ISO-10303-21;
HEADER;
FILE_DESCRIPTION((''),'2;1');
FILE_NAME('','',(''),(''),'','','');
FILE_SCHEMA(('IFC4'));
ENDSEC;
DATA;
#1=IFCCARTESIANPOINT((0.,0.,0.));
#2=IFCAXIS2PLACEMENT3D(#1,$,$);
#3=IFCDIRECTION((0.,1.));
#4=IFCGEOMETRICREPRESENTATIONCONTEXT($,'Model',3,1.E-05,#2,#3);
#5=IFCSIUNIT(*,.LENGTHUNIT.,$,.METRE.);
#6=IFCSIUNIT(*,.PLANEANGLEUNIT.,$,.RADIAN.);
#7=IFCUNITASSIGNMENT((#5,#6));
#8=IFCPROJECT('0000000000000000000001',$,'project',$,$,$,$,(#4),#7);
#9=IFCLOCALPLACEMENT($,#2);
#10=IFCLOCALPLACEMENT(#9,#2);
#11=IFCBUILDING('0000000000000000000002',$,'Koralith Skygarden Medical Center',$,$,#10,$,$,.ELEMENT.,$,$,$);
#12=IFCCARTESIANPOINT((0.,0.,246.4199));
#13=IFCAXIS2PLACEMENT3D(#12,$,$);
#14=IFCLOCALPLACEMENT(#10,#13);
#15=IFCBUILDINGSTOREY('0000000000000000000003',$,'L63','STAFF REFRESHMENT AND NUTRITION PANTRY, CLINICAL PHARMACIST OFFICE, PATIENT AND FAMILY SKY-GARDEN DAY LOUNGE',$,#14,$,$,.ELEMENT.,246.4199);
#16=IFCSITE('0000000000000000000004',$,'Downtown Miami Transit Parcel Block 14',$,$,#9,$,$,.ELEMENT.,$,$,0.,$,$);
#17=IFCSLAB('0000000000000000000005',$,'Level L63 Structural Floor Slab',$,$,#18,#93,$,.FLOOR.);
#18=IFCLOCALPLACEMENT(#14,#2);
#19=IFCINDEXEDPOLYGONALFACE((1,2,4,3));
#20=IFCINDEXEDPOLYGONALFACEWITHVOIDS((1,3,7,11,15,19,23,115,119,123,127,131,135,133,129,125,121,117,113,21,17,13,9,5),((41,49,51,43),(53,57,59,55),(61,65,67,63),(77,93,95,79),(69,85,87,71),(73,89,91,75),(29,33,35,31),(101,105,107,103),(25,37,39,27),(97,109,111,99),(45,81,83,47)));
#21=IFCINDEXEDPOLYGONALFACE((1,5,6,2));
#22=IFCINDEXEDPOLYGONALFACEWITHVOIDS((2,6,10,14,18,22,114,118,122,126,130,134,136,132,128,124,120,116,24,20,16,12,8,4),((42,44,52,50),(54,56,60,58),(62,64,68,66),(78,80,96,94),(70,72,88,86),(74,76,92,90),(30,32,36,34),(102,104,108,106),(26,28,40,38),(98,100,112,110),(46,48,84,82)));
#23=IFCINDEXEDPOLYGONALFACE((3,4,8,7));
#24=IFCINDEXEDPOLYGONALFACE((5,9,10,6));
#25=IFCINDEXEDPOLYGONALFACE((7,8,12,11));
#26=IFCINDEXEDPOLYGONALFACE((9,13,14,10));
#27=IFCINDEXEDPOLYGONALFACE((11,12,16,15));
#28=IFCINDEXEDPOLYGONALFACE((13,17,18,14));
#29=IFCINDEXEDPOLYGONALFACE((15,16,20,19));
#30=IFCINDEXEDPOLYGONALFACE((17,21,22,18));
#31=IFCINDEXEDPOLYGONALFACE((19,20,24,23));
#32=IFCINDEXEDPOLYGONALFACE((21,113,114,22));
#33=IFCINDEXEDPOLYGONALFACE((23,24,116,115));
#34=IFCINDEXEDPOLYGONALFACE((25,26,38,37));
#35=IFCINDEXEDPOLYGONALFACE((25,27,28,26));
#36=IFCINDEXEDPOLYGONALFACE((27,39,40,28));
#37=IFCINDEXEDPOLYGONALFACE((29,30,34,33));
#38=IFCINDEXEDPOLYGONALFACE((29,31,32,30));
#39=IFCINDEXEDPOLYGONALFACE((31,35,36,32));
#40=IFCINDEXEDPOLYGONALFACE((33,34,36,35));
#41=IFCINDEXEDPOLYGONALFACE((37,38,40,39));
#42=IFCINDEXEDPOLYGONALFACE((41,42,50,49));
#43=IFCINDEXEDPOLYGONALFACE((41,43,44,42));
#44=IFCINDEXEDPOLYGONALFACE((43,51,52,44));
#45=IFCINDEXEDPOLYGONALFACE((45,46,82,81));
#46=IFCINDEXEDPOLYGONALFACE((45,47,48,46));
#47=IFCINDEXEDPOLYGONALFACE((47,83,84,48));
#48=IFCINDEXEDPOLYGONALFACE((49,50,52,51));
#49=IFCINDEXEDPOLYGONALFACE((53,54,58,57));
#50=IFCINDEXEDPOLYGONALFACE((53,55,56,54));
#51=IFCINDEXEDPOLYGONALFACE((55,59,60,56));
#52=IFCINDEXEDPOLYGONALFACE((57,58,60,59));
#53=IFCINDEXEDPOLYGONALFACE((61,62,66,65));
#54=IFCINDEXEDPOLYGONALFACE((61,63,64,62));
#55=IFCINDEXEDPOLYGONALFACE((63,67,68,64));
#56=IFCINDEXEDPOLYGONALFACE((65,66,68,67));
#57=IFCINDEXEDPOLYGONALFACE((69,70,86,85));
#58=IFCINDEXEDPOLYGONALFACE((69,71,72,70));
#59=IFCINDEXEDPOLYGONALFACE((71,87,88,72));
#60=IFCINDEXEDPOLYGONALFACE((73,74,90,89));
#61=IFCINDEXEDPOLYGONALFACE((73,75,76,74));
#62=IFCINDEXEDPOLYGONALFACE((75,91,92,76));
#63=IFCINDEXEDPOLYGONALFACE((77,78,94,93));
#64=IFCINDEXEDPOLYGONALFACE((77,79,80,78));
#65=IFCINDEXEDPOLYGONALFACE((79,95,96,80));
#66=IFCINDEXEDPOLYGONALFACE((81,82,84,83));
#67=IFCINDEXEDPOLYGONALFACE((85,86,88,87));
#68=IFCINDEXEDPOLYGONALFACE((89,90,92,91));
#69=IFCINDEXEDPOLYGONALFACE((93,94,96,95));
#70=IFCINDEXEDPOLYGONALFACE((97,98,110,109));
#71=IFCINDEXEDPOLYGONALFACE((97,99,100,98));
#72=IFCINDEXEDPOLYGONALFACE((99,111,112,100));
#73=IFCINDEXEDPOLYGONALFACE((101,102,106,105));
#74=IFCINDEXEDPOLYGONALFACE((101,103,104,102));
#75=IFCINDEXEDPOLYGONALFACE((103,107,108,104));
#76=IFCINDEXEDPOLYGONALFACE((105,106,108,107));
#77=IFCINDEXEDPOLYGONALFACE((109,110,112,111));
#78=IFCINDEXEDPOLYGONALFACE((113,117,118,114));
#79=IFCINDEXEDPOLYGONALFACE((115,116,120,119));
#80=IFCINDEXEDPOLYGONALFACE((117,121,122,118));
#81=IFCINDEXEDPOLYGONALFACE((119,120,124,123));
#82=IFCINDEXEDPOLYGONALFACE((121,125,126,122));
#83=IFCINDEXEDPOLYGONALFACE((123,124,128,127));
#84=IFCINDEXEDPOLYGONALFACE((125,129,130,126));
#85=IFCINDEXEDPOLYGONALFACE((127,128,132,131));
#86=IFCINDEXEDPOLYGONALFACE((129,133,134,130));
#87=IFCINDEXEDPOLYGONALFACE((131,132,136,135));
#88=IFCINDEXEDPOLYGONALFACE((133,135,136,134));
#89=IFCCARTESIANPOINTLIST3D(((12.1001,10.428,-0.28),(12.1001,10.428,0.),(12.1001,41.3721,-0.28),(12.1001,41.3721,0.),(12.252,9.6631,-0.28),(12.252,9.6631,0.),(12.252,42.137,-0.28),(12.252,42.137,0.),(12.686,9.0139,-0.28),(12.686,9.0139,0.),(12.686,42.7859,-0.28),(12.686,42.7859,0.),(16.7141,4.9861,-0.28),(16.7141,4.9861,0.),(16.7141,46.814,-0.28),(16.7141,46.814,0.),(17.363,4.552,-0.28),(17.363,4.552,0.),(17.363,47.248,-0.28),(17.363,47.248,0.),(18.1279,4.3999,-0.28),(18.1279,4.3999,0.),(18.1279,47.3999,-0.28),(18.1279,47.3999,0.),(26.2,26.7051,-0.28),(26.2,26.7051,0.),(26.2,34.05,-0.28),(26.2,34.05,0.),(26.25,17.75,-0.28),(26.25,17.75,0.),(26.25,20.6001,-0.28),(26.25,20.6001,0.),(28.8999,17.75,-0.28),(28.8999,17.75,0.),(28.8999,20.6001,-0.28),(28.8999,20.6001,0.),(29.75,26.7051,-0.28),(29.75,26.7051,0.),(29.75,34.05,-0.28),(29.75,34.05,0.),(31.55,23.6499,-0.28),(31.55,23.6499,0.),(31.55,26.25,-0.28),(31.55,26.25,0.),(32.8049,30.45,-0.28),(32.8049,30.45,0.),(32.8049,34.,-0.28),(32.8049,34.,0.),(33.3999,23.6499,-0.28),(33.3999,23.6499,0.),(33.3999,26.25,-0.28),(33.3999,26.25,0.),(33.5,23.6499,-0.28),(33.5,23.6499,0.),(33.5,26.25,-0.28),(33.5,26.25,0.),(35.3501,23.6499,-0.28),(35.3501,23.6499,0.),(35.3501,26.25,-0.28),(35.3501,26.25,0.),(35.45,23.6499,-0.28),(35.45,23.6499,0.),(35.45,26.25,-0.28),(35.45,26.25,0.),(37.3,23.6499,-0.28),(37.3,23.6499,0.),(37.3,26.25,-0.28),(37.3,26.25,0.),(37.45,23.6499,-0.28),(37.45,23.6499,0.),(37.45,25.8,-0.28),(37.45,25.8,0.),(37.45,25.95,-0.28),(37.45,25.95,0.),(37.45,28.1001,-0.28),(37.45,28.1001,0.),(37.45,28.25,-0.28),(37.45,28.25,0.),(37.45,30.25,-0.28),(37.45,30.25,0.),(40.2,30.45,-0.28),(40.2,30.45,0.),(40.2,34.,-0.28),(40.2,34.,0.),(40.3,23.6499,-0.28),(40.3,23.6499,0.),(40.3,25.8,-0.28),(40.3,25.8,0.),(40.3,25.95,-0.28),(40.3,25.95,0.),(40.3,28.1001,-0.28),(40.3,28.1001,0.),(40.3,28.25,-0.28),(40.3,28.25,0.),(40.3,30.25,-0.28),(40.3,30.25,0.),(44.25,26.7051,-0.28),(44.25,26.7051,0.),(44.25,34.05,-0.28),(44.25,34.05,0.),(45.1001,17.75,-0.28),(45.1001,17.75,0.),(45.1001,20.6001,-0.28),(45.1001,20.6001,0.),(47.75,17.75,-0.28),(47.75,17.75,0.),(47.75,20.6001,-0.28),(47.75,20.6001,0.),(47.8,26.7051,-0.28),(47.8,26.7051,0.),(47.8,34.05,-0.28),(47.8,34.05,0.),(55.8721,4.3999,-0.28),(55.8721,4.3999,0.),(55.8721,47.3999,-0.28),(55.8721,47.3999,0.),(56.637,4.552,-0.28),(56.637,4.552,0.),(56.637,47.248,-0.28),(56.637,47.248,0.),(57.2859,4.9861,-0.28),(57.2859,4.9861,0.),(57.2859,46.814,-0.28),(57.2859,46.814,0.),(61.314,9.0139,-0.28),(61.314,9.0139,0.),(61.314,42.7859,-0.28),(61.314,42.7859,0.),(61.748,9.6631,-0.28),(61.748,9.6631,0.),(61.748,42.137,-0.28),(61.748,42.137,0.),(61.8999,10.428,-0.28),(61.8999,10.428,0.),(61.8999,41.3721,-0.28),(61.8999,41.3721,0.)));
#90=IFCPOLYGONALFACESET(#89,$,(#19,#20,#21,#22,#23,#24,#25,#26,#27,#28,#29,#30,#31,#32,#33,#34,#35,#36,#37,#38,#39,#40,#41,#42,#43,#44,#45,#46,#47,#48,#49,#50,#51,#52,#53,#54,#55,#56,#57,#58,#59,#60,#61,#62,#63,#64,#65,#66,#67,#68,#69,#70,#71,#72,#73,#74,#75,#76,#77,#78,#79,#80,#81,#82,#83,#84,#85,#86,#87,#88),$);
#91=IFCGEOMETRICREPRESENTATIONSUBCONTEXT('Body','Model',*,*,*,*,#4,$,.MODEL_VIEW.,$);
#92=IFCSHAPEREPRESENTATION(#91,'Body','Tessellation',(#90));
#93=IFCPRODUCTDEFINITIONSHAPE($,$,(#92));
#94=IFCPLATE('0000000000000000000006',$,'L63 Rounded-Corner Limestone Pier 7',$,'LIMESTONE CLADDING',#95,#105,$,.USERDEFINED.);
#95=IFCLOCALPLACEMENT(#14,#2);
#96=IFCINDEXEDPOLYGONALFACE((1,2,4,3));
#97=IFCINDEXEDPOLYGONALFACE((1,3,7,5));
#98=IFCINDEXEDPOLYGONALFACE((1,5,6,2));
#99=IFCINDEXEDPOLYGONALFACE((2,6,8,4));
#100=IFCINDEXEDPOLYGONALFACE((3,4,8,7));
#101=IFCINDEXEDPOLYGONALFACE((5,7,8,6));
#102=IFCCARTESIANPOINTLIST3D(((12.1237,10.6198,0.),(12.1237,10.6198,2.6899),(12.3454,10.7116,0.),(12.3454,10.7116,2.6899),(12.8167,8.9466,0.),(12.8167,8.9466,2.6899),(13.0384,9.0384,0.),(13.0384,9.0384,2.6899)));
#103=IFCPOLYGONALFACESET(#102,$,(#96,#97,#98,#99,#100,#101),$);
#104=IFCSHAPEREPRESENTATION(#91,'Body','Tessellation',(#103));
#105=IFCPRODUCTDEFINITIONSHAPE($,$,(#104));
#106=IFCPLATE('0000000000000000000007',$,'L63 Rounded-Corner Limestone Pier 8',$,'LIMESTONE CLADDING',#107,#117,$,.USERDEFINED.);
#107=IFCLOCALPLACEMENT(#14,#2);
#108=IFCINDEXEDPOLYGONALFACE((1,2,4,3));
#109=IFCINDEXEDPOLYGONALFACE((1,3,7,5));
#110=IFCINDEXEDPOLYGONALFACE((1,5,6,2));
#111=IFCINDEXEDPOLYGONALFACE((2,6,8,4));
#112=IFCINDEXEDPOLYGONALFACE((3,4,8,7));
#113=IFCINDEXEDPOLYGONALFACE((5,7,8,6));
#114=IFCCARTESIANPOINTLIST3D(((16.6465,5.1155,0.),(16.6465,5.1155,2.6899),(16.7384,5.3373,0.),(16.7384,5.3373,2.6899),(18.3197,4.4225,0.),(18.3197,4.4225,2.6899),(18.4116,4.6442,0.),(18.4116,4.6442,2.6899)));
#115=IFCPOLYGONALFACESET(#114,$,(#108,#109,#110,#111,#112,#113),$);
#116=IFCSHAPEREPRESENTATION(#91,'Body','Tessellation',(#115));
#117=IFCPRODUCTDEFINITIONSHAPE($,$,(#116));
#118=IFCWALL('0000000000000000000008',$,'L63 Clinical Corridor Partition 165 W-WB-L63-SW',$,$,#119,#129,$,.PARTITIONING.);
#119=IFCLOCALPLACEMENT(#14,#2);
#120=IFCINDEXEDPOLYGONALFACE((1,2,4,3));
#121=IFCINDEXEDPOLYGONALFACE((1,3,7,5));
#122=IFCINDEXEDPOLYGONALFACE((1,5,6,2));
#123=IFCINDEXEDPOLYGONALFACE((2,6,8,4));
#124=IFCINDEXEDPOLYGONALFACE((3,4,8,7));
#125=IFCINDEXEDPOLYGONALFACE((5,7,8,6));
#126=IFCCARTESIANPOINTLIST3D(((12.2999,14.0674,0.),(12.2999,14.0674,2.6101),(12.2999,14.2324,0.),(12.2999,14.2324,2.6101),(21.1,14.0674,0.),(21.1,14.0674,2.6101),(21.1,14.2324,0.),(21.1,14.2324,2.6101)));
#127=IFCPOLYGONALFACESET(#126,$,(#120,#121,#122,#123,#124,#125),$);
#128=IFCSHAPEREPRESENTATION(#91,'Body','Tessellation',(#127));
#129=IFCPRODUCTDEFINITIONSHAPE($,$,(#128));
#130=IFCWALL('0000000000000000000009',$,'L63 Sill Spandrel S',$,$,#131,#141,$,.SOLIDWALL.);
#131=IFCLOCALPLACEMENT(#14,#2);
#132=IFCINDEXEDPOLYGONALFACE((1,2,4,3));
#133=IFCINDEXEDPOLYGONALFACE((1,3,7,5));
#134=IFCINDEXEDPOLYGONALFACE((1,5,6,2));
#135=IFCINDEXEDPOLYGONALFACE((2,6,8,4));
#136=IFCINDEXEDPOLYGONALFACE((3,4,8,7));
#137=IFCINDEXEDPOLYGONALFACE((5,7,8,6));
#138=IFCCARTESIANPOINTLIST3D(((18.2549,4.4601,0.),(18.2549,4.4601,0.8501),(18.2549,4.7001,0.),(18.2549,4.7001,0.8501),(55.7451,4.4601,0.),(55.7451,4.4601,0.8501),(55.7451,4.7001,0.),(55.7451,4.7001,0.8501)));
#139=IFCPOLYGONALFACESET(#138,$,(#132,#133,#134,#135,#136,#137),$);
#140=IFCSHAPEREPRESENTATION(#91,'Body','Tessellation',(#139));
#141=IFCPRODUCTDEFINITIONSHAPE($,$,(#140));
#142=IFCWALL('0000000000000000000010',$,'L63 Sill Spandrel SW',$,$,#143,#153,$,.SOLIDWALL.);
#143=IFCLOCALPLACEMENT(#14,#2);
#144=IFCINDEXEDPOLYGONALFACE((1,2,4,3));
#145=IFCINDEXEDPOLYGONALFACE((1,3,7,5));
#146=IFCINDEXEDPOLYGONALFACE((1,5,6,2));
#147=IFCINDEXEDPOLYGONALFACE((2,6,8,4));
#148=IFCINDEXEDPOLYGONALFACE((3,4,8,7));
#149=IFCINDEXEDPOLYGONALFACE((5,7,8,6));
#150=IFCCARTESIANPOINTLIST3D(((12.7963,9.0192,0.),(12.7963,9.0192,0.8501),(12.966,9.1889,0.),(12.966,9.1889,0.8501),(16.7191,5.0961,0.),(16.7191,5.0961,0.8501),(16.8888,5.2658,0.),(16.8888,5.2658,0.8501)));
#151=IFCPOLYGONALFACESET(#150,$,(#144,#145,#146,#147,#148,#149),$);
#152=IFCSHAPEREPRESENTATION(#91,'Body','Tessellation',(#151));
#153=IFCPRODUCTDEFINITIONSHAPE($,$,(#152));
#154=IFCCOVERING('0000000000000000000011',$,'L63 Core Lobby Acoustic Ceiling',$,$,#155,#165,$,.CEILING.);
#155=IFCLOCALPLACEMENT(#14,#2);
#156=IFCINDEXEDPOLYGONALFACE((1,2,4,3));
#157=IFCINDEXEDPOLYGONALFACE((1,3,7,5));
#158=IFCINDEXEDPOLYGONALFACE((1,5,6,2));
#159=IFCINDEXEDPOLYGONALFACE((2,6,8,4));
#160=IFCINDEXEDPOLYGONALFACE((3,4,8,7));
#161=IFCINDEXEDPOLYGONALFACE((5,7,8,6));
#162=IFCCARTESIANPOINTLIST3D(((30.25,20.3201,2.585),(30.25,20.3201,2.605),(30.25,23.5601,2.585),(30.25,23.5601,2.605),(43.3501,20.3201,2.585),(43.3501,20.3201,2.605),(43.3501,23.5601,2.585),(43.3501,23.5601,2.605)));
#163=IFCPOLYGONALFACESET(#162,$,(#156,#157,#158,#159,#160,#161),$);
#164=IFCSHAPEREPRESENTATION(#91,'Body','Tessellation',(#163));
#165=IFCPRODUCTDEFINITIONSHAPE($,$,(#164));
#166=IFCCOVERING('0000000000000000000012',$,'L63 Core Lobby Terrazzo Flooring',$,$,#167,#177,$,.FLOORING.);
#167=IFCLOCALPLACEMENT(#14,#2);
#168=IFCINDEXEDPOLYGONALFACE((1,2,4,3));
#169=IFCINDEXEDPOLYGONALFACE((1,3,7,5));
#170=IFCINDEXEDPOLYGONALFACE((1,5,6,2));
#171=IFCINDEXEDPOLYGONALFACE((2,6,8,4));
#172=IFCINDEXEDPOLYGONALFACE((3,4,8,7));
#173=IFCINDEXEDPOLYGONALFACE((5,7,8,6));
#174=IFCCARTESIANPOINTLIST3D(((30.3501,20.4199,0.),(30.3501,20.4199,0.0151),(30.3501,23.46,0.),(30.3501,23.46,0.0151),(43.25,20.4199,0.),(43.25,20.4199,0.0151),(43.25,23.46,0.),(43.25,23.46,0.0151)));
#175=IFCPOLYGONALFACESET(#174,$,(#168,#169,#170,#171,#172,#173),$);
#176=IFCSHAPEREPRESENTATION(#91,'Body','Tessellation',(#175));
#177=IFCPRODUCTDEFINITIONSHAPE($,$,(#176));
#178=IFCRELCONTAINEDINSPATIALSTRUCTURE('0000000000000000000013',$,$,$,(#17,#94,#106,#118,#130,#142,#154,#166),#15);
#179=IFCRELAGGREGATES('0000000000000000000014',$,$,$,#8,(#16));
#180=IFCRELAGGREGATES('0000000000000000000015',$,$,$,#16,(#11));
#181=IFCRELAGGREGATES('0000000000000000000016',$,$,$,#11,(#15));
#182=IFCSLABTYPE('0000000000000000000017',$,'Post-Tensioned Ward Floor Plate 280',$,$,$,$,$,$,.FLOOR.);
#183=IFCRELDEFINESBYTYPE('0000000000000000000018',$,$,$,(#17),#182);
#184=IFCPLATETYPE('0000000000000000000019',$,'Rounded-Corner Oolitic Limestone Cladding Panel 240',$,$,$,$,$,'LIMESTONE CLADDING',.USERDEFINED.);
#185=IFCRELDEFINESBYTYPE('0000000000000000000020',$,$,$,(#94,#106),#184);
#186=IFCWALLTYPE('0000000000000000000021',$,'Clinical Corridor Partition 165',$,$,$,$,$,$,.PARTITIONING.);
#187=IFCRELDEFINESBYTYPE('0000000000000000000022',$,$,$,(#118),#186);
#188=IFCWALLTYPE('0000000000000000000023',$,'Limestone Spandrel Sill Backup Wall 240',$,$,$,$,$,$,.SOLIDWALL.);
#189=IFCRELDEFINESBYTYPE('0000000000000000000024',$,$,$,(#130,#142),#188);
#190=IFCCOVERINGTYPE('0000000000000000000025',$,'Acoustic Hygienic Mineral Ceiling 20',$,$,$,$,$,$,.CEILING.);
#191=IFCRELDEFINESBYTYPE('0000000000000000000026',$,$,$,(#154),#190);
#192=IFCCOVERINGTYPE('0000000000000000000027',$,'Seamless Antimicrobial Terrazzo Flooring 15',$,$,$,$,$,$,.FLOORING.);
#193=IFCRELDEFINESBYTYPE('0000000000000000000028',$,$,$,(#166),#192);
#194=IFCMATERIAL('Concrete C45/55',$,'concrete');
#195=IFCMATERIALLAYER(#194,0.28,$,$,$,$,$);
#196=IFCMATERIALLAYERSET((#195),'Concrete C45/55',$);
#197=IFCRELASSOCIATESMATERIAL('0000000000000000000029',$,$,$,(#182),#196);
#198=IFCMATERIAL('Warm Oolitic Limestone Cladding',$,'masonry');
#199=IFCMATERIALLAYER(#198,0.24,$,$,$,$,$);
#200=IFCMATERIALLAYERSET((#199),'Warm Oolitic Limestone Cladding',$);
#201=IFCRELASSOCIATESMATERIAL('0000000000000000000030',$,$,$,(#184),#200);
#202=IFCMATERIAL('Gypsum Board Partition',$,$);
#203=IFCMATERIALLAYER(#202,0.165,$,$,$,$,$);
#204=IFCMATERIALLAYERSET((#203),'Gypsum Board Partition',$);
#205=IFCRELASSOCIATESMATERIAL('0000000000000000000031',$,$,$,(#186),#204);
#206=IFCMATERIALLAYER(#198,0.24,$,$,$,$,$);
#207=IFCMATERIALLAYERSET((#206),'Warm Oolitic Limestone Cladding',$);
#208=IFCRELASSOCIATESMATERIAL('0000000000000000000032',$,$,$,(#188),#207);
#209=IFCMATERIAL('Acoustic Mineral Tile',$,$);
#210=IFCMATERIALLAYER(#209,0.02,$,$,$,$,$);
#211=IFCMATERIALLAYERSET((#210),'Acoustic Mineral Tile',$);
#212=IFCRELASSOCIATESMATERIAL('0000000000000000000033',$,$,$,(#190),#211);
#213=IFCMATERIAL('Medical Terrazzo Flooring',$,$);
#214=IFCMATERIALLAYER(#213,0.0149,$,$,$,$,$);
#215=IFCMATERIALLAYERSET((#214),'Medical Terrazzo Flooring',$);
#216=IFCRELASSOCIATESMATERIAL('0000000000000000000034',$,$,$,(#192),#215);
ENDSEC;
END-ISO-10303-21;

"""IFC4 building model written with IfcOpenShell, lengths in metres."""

from ifc_helpers import new_model, si_unit, direction, frame, frame_2d, origin, origin_2d, place, context, subcontext, project, spatial, polyline, rectangle, outline, extrude, material, layer, layer_set, type_object, element, save


model = new_model("IFC4")

# Units and contexts
model_context = context("Model", 3, precision=1e-05, world=origin(), true_north=direction((0.0, 1.0)))
body_context = subcontext(model_context, "Body", "Model", "MODEL_VIEW")
ifc_project = project(units=[si_unit("LENGTHUNIT", "METRE"), si_unit("PLANEANGLEUNIT", "RADIAN")], contexts=[model_context])

# Site, building, storey
site_placement = place(None, origin())
site = spatial("IfcSite", under=ifc_project, at=site_placement, Name="Downtown Miami Transit Parcel Block 14", CompositionType="ELEMENT", RefElevation=0.0)
building_placement = place(site_placement, origin())
building = spatial("IfcBuilding", under=site, at=building_placement, Name="Koralith Skygarden Medical Center", CompositionType="ELEMENT")
storey_placement = place(building_placement, frame((0.0, 0.0, 246.4199)))
storey = spatial("IfcBuildingStorey", under=building, at=storey_placement, Name="L63", Description="STAFF REFRESHMENT AND NUTRITION PANTRY, CLINICAL PHARMACIST OFFICE, PATIENT AND FAMILY SKY-GARDEN DAY LOUNGE", CompositionType="ELEMENT", Elevation=246.4199)

# Shared definitions
ifc_material_1 = material(Name="Concrete C45/55", Category="concrete")

# Slab
ifc_layer_1 = layer(ifc_material_1, 0.28)
ifc_layer_set_1 = layer_set([ifc_layer_1], Name="Concrete C45/55")
slab_type_1 = type_object("IfcSlabType", Name="Post-Tensioned Ward Floor Plate 280", PredefinedType="FLOOR", material=ifc_layer_set_1)
slab_1_placement = place(storey_placement, frame((0.0, 0.0, -0.28)))
element("IfcSlab", 1, at=slab_1_placement, inside=storey, type_object=slab_type_1, Name="Level L63 Structural Floor Slab", PredefinedType="FLOOR", context=body_context, shape_type="SweptSolid", body=[
    extrude(outline(polyline([(16.7141, 4.9861), (17.363, 4.552), (18.1279, 4.3999), (55.8721, 4.3999), (56.637, 4.552), (57.2859, 4.9861), (61.314, 9.0139), (61.748, 9.6631), (61.8999, 10.428), (61.8999, 41.3721), (61.748, 42.137), (61.314, 42.7859), (57.2859, 46.814), (56.637, 47.248), (55.8721, 47.3999), (18.1279, 47.3999), (17.363, 47.248), (16.7141, 46.814), (12.686, 42.7859), (12.252, 42.137), (12.1001, 41.3721), (12.1001, 10.428), (12.252, 9.6631), (12.686, 9.0139), (16.7141, 4.9861)]), holes=[polyline([(26.2, 26.7051), (29.75, 26.7051), (29.75, 34.05), (26.2, 34.05), (26.2, 26.7051)]), polyline([(44.25, 26.7051), (47.8, 26.7051), (47.8, 34.05), (44.25, 34.05), (44.25, 26.7051)]), polyline([(32.8049, 30.45), (40.2, 30.45), (40.2, 34.0), (32.8049, 34.0), (32.8049, 30.45)]), polyline([(26.25, 17.75), (28.8999, 17.75), (28.8999, 20.6001), (26.25, 20.6001), (26.25, 17.75)]), polyline([(45.1001, 17.75), (47.75, 17.75), (47.75, 20.6001), (45.1001, 20.6001), (45.1001, 17.75)]), polyline([(31.55, 23.6499), (33.3999, 23.6499), (33.3999, 26.25), (31.55, 26.25), (31.55, 23.6499)]), polyline([(33.5, 23.6499), (35.3501, 23.6499), (35.3501, 26.25), (33.5, 26.25), (33.5, 23.6499)]), polyline([(35.45, 23.6499), (37.3, 23.6499), (37.3, 26.25), (35.45, 26.25), (35.45, 23.6499)]), polyline([(37.45, 23.6499), (40.3, 23.6499), (40.3, 25.8), (37.45, 25.8), (37.45, 23.6499)]), polyline([(37.45, 25.95), (40.3, 25.95), (40.3, 28.1001), (37.45, 28.1001), (37.45, 25.95)]), polyline([(37.45, 28.25), (40.3, 28.25), (40.3, 30.25), (37.45, 30.25), (37.45, 28.25)])]), origin(), (0.0, 0.0, 1.0), 0.28),
])

# Plates
ifc_material_2 = material(Name="Warm Oolitic Limestone Cladding", Category="masonry")
ifc_layer_2 = layer(ifc_material_2, 0.24)
ifc_layer_set_2 = layer_set([ifc_layer_2], Name="Warm Oolitic Limestone Cladding")
plate_type_1 = type_object("IfcPlateType", Name="Rounded-Corner Oolitic Limestone Cladding Panel 240", ElementType="LIMESTONE CLADDING", PredefinedType="USERDEFINED", material=ifc_layer_set_2)
for number, where, z_axis, x_axis, name in (
    (2, (12.5811, 9.8291, 0.0), (0.0, 0.0, 1.0), (0.382671, -0.923885, 0.0), "L63 Rounded-Corner Limestone Pier 7"),
    (3, (17.5291, 4.8799, 0.0), (0.0, 0.0, 1.0), (0.923885, -0.382671, 0.0), "L63 Rounded-Corner Limestone Pier 8"),
):
    element("IfcPlate", number, at=place(storey_placement, frame(where, z_axis=z_axis, x_axis=x_axis)), inside=storey, type_object=plate_type_1, Name=name, ObjectType="LIMESTONE CLADDING", PredefinedType="USERDEFINED", context=body_context, shape_type="SweptSolid", body=[
        extrude(rectangle(XDim=1.811, YDim=0.24, at=origin_2d()), origin(), (0.0, 0.0, 1.0), 2.6899),
    ])

# Walls
ifc_material_3 = material(Name="Gypsum Board Partition")
ifc_layer_3 = layer(ifc_material_3, 0.165)
ifc_layer_set_3 = layer_set([ifc_layer_3], Name="Gypsum Board Partition")
wall_type_1 = type_object("IfcWallType", Name="Clinical Corridor Partition 165", PredefinedType="PARTITIONING", material=ifc_layer_set_3)
wall_1_placement = place(storey_placement, frame((12.3, 14.1499, 0.0), z_axis=(0.0, 0.0, 1.0), x_axis=(1.0, 0.0, 0.0)))
element("IfcWall", 4, at=wall_1_placement, inside=storey, type_object=wall_type_1, Name="L63 Clinical Corridor Partition 165 W-WB-L63-SW", PredefinedType="PARTITIONING", context=body_context, shape_type="SweptSolid", body=[
    extrude(rectangle(XDim=8.8, YDim=0.165, at=frame_2d((4.3999, 0.0))), origin(), (0.0, 0.0, 1.0), 2.6101),
])
ifc_layer_4 = layer(ifc_material_2, 0.24)
ifc_layer_set_4 = layer_set([ifc_layer_4], Name="Warm Oolitic Limestone Cladding")
wall_type_2 = type_object("IfcWallType", Name="Limestone Spandrel Sill Backup Wall 240", PredefinedType="SOLIDWALL", material=ifc_layer_set_4)
wall_2_placement = place(storey_placement, frame((18.2549, 4.5801, 0.0), z_axis=(0.0, 0.0, 1.0), x_axis=(1.0, 0.0, 0.0)))
element("IfcWall", 5, at=wall_2_placement, inside=storey, type_object=wall_type_2, Name="L63 Sill Spandrel S", PredefinedType="SOLIDWALL", context=body_context, shape_type="SweptSolid", body=[
    extrude(rectangle(XDim=37.4902, YDim=0.24, at=frame_2d((18.7451, 0.0))), origin(), (0.0, 0.0, 1.0), 0.8501),
])
wall_3_placement = place(storey_placement, frame((12.8811, 9.104, 0.0), z_axis=(0.0, 0.0, 1.0), x_axis=(0.707085, -0.707129, 0.0)))
element("IfcWall", 6, at=wall_3_placement, inside=storey, type_object=wall_type_2, Name="L63 Sill Spandrel SW", PredefinedType="SOLIDWALL", context=body_context, shape_type="SweptSolid", body=[
    extrude(rectangle(XDim=5.5479, YDim=0.24, at=frame_2d((2.7739, 0.0))), origin(), (0.0, 0.0, 1.0), 0.8501),
])

# Coverings
ifc_material_4 = material(Name="Acoustic Mineral Tile")
ifc_layer_5 = layer(ifc_material_4, 0.02)
ifc_layer_set_5 = layer_set([ifc_layer_5], Name="Acoustic Mineral Tile")
covering_type_1 = type_object("IfcCoveringType", Name="Acoustic Hygienic Mineral Ceiling 20", PredefinedType="CEILING", material=ifc_layer_set_5)
covering_1_placement = place(storey_placement, frame((0.0, 0.0, 2.585)))
element("IfcCovering", 7, at=covering_1_placement, inside=storey, type_object=covering_type_1, Name="L63 Core Lobby Acoustic Ceiling", PredefinedType="CEILING", context=body_context, shape_type="SweptSolid", body=[
    extrude(outline(polyline([(30.25, 20.3201), (43.3501, 20.3201), (43.3501, 23.5601), (30.25, 23.5601), (30.25, 20.3201)])), origin(), (0.0, 0.0, 1.0), 0.02),
])
ifc_material_5 = material(Name="Medical Terrazzo Flooring")
ifc_layer_6 = layer(ifc_material_5, 0.0149)
ifc_layer_set_6 = layer_set([ifc_layer_6], Name="Medical Terrazzo Flooring")
covering_type_2 = type_object("IfcCoveringType", Name="Seamless Antimicrobial Terrazzo Flooring 15", PredefinedType="FLOORING", material=ifc_layer_set_6)
covering_2_placement = place(storey_placement, origin())
element("IfcCovering", 8, at=covering_2_placement, inside=storey, type_object=covering_type_2, Name="L63 Core Lobby Terrazzo Flooring", PredefinedType="FLOORING", context=body_context, shape_type="SweptSolid", body=[
    extrude(outline(polyline([(30.3501, 20.4199), (43.25, 20.4199), (43.25, 23.46), (30.3501, 23.46), (30.3501, 20.4199)])), origin(), (0.0, 0.0, 1.0), 0.0151),
])

save(model, "model.ifc")
